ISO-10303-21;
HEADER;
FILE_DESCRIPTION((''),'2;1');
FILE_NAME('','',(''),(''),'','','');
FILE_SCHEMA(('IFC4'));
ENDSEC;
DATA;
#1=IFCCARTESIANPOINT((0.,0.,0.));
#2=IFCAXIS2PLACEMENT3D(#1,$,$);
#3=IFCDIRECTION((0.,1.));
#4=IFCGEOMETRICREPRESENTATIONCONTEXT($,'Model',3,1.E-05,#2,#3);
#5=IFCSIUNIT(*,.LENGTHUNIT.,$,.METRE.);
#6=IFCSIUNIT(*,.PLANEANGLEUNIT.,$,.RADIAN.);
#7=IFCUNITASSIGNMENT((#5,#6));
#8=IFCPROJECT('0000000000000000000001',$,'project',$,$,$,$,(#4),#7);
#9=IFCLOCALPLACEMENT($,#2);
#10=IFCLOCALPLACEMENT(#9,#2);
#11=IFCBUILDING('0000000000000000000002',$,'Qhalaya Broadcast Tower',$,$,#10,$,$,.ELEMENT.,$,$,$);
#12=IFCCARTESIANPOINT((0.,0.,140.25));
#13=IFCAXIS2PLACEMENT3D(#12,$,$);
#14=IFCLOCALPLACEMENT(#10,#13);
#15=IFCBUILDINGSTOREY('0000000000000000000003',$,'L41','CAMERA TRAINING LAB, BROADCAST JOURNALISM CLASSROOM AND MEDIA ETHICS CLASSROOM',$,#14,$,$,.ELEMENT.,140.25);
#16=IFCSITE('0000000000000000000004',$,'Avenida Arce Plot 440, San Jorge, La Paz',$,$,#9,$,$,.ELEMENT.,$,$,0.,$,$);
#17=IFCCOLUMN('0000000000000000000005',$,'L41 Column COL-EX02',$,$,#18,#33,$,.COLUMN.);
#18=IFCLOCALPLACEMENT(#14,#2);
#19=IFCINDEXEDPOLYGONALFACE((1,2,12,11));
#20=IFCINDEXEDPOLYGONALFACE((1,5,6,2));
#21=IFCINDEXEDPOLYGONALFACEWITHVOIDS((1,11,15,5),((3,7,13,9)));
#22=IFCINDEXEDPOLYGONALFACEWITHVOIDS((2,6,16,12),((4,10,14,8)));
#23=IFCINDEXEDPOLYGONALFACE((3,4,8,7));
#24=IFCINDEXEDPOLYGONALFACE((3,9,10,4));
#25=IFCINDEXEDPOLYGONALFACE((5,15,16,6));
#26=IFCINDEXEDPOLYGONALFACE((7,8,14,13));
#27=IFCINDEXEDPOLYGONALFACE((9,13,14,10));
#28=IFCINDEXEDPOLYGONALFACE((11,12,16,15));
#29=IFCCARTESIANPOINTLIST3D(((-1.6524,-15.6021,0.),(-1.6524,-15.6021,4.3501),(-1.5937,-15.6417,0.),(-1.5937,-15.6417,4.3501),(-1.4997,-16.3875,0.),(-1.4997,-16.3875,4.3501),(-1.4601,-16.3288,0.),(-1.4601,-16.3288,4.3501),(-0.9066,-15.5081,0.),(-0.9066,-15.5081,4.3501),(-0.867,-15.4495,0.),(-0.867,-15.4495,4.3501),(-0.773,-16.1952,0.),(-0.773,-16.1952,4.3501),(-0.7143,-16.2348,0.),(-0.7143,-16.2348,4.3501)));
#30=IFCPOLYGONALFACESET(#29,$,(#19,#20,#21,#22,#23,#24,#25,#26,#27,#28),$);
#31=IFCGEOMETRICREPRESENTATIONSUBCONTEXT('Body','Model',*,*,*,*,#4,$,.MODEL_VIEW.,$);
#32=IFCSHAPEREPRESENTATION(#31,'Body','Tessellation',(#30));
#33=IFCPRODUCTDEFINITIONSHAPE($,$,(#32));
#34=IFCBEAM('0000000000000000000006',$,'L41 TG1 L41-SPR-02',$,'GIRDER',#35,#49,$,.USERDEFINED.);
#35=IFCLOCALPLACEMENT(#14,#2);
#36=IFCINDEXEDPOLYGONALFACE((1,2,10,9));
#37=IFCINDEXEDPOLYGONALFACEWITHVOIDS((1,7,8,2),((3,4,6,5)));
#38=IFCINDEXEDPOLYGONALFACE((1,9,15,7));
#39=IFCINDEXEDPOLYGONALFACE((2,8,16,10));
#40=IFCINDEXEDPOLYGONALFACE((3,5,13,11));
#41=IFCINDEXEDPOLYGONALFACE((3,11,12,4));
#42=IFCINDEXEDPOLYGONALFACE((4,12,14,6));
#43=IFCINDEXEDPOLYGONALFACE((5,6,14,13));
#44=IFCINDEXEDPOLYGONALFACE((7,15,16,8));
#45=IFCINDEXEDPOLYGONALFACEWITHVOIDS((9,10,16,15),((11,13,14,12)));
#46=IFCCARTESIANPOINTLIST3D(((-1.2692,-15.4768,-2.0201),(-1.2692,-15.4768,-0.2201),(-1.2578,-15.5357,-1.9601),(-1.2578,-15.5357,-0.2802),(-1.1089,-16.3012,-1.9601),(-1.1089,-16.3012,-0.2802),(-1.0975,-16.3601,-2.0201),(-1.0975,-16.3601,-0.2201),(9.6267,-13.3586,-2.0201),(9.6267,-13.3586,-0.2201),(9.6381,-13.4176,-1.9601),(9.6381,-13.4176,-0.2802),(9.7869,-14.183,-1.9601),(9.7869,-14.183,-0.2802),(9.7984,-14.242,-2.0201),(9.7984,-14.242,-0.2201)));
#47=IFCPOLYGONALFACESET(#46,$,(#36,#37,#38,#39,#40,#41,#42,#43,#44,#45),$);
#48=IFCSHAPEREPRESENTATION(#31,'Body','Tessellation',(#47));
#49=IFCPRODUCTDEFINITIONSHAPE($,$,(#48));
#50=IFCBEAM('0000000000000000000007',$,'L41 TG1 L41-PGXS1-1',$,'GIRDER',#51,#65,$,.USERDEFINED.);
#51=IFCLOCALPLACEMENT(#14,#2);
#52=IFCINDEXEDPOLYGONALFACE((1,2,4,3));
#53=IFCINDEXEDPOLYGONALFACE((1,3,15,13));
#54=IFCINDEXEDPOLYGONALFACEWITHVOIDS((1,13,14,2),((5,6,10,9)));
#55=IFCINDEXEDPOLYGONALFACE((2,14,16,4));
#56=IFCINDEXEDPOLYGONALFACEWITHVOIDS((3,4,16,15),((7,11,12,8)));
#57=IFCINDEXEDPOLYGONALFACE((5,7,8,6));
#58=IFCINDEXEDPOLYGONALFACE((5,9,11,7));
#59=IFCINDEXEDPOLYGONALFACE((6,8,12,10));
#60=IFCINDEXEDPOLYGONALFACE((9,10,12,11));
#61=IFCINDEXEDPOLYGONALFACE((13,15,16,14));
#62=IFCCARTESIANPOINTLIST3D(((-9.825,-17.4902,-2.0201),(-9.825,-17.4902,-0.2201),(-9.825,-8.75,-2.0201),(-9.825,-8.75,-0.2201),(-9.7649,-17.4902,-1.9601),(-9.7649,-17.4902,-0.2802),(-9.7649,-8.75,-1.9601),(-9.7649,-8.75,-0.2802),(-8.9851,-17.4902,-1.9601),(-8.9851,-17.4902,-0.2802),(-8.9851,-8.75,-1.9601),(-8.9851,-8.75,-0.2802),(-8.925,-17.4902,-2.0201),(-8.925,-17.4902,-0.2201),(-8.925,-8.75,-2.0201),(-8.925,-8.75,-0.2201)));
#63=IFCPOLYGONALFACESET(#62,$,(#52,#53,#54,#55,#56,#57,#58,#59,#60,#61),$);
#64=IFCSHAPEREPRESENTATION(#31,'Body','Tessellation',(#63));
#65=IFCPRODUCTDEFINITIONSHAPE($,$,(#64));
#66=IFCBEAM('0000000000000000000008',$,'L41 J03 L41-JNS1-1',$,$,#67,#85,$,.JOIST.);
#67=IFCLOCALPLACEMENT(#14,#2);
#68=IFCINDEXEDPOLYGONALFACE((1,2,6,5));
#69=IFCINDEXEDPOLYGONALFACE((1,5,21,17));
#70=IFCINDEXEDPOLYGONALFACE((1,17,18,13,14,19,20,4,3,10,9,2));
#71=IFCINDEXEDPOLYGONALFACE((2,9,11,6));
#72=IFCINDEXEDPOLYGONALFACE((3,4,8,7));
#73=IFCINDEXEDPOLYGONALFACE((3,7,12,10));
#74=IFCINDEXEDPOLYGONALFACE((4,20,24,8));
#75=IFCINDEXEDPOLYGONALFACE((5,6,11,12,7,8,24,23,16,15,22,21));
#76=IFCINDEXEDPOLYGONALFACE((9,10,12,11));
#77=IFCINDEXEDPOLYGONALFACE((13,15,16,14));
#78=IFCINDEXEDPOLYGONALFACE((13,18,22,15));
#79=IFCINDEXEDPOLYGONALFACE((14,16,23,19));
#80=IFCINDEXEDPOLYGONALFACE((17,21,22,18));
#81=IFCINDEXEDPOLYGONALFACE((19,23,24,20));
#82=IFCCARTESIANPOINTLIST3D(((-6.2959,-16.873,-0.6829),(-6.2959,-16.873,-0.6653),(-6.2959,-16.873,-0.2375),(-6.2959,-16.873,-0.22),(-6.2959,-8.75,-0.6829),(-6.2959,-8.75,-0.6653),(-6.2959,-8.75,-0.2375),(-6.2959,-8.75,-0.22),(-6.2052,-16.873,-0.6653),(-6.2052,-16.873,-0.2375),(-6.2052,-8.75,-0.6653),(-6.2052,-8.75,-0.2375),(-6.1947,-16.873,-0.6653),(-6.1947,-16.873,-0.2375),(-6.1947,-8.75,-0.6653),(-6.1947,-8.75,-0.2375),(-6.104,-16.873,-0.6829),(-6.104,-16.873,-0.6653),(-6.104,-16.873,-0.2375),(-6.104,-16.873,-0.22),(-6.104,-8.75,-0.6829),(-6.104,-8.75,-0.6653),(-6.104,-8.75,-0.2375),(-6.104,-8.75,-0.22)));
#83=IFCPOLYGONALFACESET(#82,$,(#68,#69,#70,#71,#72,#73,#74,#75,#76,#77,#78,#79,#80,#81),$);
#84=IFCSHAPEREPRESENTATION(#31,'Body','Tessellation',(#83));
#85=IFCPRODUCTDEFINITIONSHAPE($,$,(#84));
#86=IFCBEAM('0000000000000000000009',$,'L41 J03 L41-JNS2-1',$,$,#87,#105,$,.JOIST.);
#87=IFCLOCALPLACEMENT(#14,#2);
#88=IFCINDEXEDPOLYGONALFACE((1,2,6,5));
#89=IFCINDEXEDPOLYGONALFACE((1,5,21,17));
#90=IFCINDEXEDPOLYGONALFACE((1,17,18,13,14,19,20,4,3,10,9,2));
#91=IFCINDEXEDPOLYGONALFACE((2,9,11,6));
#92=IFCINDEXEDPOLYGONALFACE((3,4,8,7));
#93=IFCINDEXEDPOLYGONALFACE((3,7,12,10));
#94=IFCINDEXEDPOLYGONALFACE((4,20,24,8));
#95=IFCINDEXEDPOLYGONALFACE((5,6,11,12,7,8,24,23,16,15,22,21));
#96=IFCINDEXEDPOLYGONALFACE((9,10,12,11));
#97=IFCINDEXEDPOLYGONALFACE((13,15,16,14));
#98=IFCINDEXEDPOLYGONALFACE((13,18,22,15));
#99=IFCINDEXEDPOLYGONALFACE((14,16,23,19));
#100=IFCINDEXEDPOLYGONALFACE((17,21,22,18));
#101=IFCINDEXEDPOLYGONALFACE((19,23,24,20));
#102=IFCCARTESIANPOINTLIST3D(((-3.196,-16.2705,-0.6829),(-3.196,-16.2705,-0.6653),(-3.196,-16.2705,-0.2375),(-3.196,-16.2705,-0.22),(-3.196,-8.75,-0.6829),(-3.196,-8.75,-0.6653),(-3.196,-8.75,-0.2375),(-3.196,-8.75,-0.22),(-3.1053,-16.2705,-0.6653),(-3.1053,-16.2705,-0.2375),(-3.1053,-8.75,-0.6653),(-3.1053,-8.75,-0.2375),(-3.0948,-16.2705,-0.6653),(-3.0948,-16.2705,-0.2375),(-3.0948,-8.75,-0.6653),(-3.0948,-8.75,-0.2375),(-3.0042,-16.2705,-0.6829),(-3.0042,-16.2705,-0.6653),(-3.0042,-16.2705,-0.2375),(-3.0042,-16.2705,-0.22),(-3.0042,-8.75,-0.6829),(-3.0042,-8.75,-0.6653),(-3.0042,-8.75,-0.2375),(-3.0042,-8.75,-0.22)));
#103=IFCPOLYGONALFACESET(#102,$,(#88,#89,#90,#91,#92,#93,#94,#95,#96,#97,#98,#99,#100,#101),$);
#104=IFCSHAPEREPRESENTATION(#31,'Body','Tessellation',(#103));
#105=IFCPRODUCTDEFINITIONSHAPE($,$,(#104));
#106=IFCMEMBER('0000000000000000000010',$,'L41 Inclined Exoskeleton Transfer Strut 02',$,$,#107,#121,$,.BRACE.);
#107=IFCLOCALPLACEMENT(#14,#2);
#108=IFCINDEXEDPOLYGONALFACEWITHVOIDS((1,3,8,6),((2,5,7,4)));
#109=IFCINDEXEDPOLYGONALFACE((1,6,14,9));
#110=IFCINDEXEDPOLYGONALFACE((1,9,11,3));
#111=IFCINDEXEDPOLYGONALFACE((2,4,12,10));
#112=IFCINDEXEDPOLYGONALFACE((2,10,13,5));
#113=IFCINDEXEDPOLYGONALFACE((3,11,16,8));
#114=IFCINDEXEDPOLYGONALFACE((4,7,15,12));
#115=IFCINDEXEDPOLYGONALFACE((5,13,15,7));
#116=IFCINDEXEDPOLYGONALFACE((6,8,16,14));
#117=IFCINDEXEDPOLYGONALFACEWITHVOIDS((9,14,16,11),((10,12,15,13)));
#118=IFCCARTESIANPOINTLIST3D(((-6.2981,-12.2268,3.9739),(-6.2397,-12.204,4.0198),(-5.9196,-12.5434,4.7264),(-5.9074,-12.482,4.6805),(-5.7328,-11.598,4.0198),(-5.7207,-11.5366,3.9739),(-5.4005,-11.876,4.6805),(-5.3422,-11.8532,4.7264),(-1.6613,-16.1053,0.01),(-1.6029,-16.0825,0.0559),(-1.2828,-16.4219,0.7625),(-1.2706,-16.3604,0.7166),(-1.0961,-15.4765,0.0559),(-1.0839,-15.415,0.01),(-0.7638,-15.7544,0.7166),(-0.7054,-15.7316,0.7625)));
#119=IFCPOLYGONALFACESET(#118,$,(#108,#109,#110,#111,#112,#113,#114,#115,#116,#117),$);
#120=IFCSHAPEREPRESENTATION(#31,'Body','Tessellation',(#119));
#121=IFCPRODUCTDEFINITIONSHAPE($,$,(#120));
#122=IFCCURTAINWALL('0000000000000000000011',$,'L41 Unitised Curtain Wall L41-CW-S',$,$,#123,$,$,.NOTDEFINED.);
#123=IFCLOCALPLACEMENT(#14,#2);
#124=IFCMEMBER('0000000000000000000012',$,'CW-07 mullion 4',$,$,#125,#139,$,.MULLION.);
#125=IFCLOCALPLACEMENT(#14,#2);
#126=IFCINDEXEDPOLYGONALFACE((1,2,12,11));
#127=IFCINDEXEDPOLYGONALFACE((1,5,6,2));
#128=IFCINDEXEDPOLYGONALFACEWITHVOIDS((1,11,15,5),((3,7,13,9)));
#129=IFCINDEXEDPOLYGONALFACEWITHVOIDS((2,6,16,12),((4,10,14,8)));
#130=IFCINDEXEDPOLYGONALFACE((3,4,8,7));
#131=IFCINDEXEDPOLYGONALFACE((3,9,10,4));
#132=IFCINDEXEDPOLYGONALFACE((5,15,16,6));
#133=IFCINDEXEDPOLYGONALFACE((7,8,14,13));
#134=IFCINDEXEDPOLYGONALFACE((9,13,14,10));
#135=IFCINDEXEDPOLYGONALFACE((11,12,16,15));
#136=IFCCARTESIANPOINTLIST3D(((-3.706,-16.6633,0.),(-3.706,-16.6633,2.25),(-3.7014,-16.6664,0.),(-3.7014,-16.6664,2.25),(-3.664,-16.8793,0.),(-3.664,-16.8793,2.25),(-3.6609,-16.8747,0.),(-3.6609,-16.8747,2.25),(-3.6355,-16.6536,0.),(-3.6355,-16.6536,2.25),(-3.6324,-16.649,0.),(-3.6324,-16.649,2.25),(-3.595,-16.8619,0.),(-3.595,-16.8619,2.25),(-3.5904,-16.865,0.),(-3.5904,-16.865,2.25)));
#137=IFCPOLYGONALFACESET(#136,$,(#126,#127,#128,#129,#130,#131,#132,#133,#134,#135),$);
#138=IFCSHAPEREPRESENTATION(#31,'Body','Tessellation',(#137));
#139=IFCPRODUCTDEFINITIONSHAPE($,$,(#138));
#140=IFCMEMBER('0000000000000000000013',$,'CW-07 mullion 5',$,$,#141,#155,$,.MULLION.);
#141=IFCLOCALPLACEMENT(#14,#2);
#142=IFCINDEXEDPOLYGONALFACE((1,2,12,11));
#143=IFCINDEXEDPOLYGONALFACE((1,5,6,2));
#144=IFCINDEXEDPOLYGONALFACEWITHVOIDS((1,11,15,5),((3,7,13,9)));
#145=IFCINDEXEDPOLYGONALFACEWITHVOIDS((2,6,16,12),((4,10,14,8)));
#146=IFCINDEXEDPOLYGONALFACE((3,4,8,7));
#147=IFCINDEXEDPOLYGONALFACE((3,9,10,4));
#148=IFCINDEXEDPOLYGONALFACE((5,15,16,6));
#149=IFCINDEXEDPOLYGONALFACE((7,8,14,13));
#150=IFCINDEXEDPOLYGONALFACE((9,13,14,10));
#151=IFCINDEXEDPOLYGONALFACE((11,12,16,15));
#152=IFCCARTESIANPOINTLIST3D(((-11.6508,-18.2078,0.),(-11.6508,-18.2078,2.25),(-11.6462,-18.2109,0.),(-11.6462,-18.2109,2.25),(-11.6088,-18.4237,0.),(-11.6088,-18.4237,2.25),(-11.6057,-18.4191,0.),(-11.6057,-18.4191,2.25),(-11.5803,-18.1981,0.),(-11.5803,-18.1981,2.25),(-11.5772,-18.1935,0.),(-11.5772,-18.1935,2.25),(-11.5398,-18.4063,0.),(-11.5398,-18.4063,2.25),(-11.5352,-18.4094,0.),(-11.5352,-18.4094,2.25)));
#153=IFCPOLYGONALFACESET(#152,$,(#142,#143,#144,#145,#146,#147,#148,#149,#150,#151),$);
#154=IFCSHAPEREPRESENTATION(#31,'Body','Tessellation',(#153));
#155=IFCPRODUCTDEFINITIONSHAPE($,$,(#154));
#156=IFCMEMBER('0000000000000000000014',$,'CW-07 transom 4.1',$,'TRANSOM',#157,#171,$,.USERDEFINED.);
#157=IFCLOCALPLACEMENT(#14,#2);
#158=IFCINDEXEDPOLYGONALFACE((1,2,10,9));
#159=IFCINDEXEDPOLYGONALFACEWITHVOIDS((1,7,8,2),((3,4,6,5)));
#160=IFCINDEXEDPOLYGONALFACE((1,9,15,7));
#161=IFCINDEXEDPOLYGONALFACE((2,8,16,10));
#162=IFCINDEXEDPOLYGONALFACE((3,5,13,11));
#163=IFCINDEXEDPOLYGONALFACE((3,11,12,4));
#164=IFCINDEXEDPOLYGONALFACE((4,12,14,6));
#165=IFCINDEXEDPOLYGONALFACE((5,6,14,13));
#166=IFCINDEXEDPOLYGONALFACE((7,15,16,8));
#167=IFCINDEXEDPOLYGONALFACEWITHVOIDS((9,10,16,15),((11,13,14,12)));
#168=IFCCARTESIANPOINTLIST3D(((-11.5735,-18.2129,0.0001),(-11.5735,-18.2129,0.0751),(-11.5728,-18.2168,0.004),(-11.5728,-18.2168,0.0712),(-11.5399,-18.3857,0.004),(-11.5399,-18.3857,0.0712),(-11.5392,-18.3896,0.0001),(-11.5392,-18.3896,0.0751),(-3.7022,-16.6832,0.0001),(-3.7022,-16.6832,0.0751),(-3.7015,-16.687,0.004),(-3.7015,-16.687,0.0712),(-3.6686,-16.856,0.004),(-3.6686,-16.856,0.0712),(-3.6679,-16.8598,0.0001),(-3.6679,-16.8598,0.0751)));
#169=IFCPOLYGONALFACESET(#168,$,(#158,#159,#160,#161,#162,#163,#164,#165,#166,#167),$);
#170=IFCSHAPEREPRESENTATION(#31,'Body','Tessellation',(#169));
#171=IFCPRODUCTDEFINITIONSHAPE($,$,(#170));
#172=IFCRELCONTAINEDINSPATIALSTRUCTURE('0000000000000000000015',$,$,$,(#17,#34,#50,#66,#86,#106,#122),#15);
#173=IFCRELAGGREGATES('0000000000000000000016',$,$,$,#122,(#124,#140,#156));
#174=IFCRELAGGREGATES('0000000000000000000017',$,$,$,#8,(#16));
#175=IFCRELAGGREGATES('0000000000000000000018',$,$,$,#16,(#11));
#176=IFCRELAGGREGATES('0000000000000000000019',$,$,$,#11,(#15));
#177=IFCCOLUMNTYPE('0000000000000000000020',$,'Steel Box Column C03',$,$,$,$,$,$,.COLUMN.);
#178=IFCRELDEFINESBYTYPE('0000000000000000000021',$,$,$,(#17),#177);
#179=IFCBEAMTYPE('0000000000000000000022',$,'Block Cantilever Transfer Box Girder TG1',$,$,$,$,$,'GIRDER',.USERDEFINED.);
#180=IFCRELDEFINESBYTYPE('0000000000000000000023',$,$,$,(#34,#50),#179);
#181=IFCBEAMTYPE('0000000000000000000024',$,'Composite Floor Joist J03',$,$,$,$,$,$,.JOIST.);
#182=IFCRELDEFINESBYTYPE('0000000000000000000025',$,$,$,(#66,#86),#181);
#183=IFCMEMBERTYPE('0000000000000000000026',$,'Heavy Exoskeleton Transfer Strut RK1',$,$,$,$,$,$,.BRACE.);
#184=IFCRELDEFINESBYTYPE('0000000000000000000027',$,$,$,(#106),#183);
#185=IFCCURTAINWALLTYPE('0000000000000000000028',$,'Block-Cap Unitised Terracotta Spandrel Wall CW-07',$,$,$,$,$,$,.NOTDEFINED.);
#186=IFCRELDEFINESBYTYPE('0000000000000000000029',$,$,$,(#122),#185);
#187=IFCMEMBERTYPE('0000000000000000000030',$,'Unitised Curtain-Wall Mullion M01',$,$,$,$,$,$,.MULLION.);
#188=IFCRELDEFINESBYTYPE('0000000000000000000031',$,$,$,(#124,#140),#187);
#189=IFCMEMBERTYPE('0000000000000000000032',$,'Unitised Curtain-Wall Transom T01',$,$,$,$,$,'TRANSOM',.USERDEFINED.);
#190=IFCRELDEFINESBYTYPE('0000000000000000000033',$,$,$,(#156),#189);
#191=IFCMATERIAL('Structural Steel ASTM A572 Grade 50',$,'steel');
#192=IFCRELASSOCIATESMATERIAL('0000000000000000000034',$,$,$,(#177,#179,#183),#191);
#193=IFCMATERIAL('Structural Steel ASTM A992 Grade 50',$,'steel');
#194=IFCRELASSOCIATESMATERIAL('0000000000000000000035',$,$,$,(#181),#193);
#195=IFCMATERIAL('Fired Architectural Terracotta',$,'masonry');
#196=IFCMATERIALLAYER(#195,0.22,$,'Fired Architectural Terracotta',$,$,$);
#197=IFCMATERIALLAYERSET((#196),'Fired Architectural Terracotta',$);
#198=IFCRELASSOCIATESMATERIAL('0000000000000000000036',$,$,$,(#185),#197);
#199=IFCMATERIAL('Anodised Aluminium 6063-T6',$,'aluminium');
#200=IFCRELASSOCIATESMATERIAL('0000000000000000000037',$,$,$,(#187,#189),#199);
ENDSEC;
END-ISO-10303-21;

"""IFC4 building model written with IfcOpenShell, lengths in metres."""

from ifc_helpers import new_model, si_unit, direction, frame, origin, origin_2d, place, context, subcontext, project, spatial, hollow_rectangle, i_section, extrude, material, layer, layer_set, material_profile, profile_set, type_object, element, aggregate, save


model = new_model("IFC4")

# Units and contexts
model_context = context("Model", 3, precision=1e-05, world=origin(), true_north=direction((0.0, 1.0)))
body_context = subcontext(model_context, "Body", "Model", "MODEL_VIEW")
ifc_project = project(units=[si_unit("LENGTHUNIT", "METRE"), si_unit("PLANEANGLEUNIT", "RADIAN")], contexts=[model_context])

# Site, building, storey
site_placement = place(None, origin())
site = spatial("IfcSite", under=ifc_project, at=site_placement, Name="Avenida Arce Plot 440, San Jorge, La Paz", CompositionType="ELEMENT", RefElevation=0.0)
building_placement = place(site_placement, origin())
building = spatial("IfcBuilding", under=site, at=building_placement, Name="Qhalaya Broadcast Tower", CompositionType="ELEMENT")
storey_placement = place(building_placement, frame((0.0, 0.0, 140.25)))
storey = spatial("IfcBuildingStorey", under=building, at=storey_placement, Name="L41", Description="CAMERA TRAINING LAB, BROADCAST JOURNALISM CLASSROOM AND MEDIA ETHICS CLASSROOM", CompositionType="ELEMENT", Elevation=140.25)

# Column
ifc_material_1 = material(Name="Structural Steel ASTM A572 Grade 50", Category="steel")
ifc_material_profile_1 = material_profile(ifc_material_1, hollow_rectangle(XDim=0.8, YDim=0.8, WallThickness=0.05, at=origin_2d()), Name="BOX 800x800x50")
ifc_profile_set_1 = profile_set([ifc_material_profile_1], Name="Structural Steel ASTM A572 Grade 50")
column_type = type_object("IfcColumnType", Name="Steel Box Column C03", PredefinedType="COLUMN", material=ifc_profile_set_1)
column_placement = place(storey_placement, frame((-1.1833, -15.9185, 0.0), z_axis=(0.0, 0.0, 1.0), x_axis=(0.981627, 0.190809, 0.0)))
element("IfcColumn", 1, at=column_placement, inside=storey, type_object=column_type, Name="L41 Column COL-EX02", PredefinedType="COLUMN", context=body_context, shape_type="SweptSolid", body=[
    extrude(hollow_rectangle(XDim=0.8, YDim=0.8, WallThickness=0.05, at=origin_2d()), origin(), (0.0, 0.0, 1.0), 4.3501),
])

# Beams
ifc_material_profile_2 = material_profile(ifc_material_1, hollow_rectangle(XDim=0.8999, YDim=1.8, WallThickness=0.0601, at=origin_2d()), Name="BOX 900x1800x60")
ifc_profile_set_2 = profile_set([ifc_material_profile_2], Name="Structural Steel ASTM A572 Grade 50")
beam_type_1 = type_object("IfcBeamType", Name="Block Cantilever Transfer Box Girder TG1", ElementType="GIRDER", PredefinedType="USERDEFINED", material=ifc_profile_set_2)
beam_1_placement = place(storey_placement, frame((-1.1833, -15.9185, -1.1201), z_axis=(0.981624, 0.190826, 0.0), x_axis=(-0.190826, 0.981624, 0.0)))
element("IfcBeam", 2, at=beam_1_placement, inside=storey, type_object=beam_type_1, Name="L41 TG1 L41-SPR-02", ObjectType="GIRDER", PredefinedType="USERDEFINED", context=body_context, shape_type="SweptSolid", body=[
    extrude(hollow_rectangle(XDim=0.8999, YDim=1.8, WallThickness=0.0601, at=origin_2d()), origin(), (0.0, 0.0, 1.0), 11.0999),
])
beam_2_placement = place(storey_placement, frame((-9.375, -17.4902, -1.1201), z_axis=(0.0, 1.0, 0.0), x_axis=(-1.0, 0.0, 0.0)))
element("IfcBeam", 3, at=beam_2_placement, inside=storey, type_object=beam_type_1, Name="L41 TG1 L41-PGXS1-1", ObjectType="GIRDER", PredefinedType="USERDEFINED", context=body_context, shape_type="SweptSolid", body=[
    extrude(hollow_rectangle(XDim=0.8999, YDim=1.8, WallThickness=0.0601, at=origin_2d()), origin(), (0.0, 0.0, 1.0), 8.7402),
])
ifc_material_2 = material(Name="Structural Steel ASTM A992 Grade 50", Category="steel")
ifc_material_profile_3 = material_profile(ifc_material_2, i_section(OverallWidth=0.1919, OverallDepth=0.4629, WebThickness=0.0105, FlangeThickness=0.0176, at=origin_2d()), Name="W18X60")
ifc_profile_set_3 = profile_set([ifc_material_profile_3], Name="Structural Steel ASTM A992 Grade 50")
beam_type_2 = type_object("IfcBeamType", Name="Composite Floor Joist J03", PredefinedType="JOIST", material=ifc_profile_set_3)
beam_3_placement = place(storey_placement, frame((-6.2, -16.873, -0.4514), z_axis=(0.0, 1.0, 0.0), x_axis=(-1.0, 0.0, 0.0)))
element("IfcBeam", 4, at=beam_3_placement, inside=storey, type_object=beam_type_2, Name="L41 J03 L41-JNS1-1", PredefinedType="JOIST", context=body_context, shape_type="SweptSolid", body=[
    extrude(i_section(OverallWidth=0.1919, OverallDepth=0.4629, WebThickness=0.0105, FlangeThickness=0.0176, at=origin_2d()), origin(), (0.0, 0.0, 1.0), 8.123),
])
beam_4_placement = place(storey_placement, frame((-3.1001, -16.2705, -0.4514), z_axis=(0.0, 1.0, 0.0), x_axis=(-1.0, 0.0, 0.0)))
element("IfcBeam", 5, at=beam_4_placement, inside=storey, type_object=beam_type_2, Name="L41 J03 L41-JNS2-1", PredefinedType="JOIST", context=body_context, shape_type="SweptSolid", body=[
    extrude(i_section(OverallWidth=0.1919, OverallDepth=0.4629, WebThickness=0.0105, FlangeThickness=0.0176, at=origin_2d()), origin(), (0.0, 0.0, 1.0), 7.5205),
])

# Member
ifc_material_profile_4 = material_profile(ifc_material_1, hollow_rectangle(XDim=0.8999, YDim=0.8999, WallThickness=0.0549, at=origin_2d()), Name="BOX 900x900x55")
ifc_profile_set_4 = profile_set([ifc_material_profile_4], Name="Structural Steel ASTM A572 Grade 50")
member_type_1 = type_object("IfcMemberType", Name="Heavy Exoskeleton Transfer Strut RK1", PredefinedType="BRACE", material=ifc_profile_set_4)
member_1_placement = place(storey_placement, frame((-1.1833, -15.9185, 0.3862), z_axis=(-0.641435, 0.536533, 0.548354), x_axis=(-0.641598, -0.767041, 0.0)))
element("IfcMember", 6, at=member_1_placement, inside=storey, type_object=member_type_1, Name="L41 Inclined Exoskeleton Transfer Strut 02", PredefinedType="BRACE", context=body_context, shape_type="SweptSolid", body=[
    extrude(hollow_rectangle(XDim=0.8999, YDim=0.8999, WallThickness=0.0549, at=origin_2d()), origin(), (0.0, 0.0, 1.0), 7.2288),
])

# Curtain wall, members
ifc_material_3 = material(Name="Fired Architectural Terracotta", Category="masonry")
ifc_layer_1 = layer(ifc_material_3, 0.22, Name="Fired Architectural Terracotta")
ifc_layer_set_1 = layer_set([ifc_layer_1], Name="Fired Architectural Terracotta")
curtain_wall_type = type_object("IfcCurtainWallType", Name="Block-Cap Unitised Terracotta Spandrel Wall CW-07", PredefinedType="NOTDEFINED", material=ifc_layer_set_1)
curtain_wall_placement = place(storey_placement, origin())
curtain_wall = element("IfcCurtainWall", 7, at=curtain_wall_placement, inside=storey, type_object=curtain_wall_type, Name="L41 Unitised Curtain Wall L41-CW-S", PredefinedType="NOTDEFINED")
ifc_material_4 = material(Name="Anodised Aluminium 6063-T6", Category="aluminium")
ifc_material_profile_5 = material_profile(ifc_material_4, hollow_rectangle(XDim=0.075, YDim=0.22, WallThickness=0.0039, at=origin_2d()), Name="ALU-MUL 75x220x4")
ifc_profile_set_5 = profile_set([ifc_material_profile_5], Name="Anodised Aluminium 6063-T6")
member_type_2 = type_object("IfcMemberType", Name="Unitised Curtain-Wall Mullion M01", PredefinedType="MULLION", material=ifc_profile_set_5)
member_2_placement = place(storey_placement, frame((-3.6482, -16.7642, 0.0), z_axis=(0.0, 0.0, 1.0), x_axis=(-0.981627, -0.19081, 0.0)))
member_2 = element("IfcMember", 8, at=member_2_placement, type_object=member_type_2, Name="CW-07 mullion 4", PredefinedType="MULLION", context=body_context, shape_type="SweptSolid", body=[
    extrude(hollow_rectangle(XDim=0.075, YDim=0.22, WallThickness=0.0039, at=origin_2d()), origin(), (0.0, 0.0, 1.0), 2.25),
])
member_3_placement = place(storey_placement, frame((-11.593, -18.3086, 0.0), z_axis=(0.0, 0.0, 1.0), x_axis=(-0.981627, -0.19081, 0.0)))
member_3 = element("IfcMember", 9, at=member_3_placement, type_object=member_type_2, Name="CW-07 mullion 5", PredefinedType="MULLION", context=body_context, shape_type="SweptSolid", body=[
    extrude(hollow_rectangle(XDim=0.075, YDim=0.22, WallThickness=0.0039, at=origin_2d()), origin(), (0.0, 0.0, 1.0), 2.25),
])
ifc_material_profile_6 = material_profile(ifc_material_4, hollow_rectangle(XDim=0.075, YDim=0.1799, WallThickness=0.0039, at=origin_2d()), Name="ALU-TRN 75x180x4")
ifc_profile_set_6 = profile_set([ifc_material_profile_6], Name="Anodised Aluminium 6063-T6")
member_type_3 = type_object("IfcMemberType", Name="Unitised Curtain-Wall Transom T01", ElementType="TRANSOM", PredefinedType="USERDEFINED", material=ifc_profile_set_6)
member_4_placement = place(storey_placement, frame((-3.6851, -16.7715, 0.0376), z_axis=(-0.981633, -0.190779, 0.0), x_axis=(0.0, 0.0, 1.0)))
member_4 = element("IfcMember", 10, at=member_4_placement, type_object=member_type_3, Name="CW-07 transom 4.1", ObjectType="TRANSOM", PredefinedType="USERDEFINED", context=body_context, shape_type="SweptSolid", body=[
    extrude(hollow_rectangle(XDim=0.075, YDim=0.1799, WallThickness=0.0039, at=origin_2d()), origin(), (0.0, 0.0, 1.0), 8.0186),
])

aggregate(curtain_wall, [member_2, member_3, member_4])

save(model, "model.ifc")
